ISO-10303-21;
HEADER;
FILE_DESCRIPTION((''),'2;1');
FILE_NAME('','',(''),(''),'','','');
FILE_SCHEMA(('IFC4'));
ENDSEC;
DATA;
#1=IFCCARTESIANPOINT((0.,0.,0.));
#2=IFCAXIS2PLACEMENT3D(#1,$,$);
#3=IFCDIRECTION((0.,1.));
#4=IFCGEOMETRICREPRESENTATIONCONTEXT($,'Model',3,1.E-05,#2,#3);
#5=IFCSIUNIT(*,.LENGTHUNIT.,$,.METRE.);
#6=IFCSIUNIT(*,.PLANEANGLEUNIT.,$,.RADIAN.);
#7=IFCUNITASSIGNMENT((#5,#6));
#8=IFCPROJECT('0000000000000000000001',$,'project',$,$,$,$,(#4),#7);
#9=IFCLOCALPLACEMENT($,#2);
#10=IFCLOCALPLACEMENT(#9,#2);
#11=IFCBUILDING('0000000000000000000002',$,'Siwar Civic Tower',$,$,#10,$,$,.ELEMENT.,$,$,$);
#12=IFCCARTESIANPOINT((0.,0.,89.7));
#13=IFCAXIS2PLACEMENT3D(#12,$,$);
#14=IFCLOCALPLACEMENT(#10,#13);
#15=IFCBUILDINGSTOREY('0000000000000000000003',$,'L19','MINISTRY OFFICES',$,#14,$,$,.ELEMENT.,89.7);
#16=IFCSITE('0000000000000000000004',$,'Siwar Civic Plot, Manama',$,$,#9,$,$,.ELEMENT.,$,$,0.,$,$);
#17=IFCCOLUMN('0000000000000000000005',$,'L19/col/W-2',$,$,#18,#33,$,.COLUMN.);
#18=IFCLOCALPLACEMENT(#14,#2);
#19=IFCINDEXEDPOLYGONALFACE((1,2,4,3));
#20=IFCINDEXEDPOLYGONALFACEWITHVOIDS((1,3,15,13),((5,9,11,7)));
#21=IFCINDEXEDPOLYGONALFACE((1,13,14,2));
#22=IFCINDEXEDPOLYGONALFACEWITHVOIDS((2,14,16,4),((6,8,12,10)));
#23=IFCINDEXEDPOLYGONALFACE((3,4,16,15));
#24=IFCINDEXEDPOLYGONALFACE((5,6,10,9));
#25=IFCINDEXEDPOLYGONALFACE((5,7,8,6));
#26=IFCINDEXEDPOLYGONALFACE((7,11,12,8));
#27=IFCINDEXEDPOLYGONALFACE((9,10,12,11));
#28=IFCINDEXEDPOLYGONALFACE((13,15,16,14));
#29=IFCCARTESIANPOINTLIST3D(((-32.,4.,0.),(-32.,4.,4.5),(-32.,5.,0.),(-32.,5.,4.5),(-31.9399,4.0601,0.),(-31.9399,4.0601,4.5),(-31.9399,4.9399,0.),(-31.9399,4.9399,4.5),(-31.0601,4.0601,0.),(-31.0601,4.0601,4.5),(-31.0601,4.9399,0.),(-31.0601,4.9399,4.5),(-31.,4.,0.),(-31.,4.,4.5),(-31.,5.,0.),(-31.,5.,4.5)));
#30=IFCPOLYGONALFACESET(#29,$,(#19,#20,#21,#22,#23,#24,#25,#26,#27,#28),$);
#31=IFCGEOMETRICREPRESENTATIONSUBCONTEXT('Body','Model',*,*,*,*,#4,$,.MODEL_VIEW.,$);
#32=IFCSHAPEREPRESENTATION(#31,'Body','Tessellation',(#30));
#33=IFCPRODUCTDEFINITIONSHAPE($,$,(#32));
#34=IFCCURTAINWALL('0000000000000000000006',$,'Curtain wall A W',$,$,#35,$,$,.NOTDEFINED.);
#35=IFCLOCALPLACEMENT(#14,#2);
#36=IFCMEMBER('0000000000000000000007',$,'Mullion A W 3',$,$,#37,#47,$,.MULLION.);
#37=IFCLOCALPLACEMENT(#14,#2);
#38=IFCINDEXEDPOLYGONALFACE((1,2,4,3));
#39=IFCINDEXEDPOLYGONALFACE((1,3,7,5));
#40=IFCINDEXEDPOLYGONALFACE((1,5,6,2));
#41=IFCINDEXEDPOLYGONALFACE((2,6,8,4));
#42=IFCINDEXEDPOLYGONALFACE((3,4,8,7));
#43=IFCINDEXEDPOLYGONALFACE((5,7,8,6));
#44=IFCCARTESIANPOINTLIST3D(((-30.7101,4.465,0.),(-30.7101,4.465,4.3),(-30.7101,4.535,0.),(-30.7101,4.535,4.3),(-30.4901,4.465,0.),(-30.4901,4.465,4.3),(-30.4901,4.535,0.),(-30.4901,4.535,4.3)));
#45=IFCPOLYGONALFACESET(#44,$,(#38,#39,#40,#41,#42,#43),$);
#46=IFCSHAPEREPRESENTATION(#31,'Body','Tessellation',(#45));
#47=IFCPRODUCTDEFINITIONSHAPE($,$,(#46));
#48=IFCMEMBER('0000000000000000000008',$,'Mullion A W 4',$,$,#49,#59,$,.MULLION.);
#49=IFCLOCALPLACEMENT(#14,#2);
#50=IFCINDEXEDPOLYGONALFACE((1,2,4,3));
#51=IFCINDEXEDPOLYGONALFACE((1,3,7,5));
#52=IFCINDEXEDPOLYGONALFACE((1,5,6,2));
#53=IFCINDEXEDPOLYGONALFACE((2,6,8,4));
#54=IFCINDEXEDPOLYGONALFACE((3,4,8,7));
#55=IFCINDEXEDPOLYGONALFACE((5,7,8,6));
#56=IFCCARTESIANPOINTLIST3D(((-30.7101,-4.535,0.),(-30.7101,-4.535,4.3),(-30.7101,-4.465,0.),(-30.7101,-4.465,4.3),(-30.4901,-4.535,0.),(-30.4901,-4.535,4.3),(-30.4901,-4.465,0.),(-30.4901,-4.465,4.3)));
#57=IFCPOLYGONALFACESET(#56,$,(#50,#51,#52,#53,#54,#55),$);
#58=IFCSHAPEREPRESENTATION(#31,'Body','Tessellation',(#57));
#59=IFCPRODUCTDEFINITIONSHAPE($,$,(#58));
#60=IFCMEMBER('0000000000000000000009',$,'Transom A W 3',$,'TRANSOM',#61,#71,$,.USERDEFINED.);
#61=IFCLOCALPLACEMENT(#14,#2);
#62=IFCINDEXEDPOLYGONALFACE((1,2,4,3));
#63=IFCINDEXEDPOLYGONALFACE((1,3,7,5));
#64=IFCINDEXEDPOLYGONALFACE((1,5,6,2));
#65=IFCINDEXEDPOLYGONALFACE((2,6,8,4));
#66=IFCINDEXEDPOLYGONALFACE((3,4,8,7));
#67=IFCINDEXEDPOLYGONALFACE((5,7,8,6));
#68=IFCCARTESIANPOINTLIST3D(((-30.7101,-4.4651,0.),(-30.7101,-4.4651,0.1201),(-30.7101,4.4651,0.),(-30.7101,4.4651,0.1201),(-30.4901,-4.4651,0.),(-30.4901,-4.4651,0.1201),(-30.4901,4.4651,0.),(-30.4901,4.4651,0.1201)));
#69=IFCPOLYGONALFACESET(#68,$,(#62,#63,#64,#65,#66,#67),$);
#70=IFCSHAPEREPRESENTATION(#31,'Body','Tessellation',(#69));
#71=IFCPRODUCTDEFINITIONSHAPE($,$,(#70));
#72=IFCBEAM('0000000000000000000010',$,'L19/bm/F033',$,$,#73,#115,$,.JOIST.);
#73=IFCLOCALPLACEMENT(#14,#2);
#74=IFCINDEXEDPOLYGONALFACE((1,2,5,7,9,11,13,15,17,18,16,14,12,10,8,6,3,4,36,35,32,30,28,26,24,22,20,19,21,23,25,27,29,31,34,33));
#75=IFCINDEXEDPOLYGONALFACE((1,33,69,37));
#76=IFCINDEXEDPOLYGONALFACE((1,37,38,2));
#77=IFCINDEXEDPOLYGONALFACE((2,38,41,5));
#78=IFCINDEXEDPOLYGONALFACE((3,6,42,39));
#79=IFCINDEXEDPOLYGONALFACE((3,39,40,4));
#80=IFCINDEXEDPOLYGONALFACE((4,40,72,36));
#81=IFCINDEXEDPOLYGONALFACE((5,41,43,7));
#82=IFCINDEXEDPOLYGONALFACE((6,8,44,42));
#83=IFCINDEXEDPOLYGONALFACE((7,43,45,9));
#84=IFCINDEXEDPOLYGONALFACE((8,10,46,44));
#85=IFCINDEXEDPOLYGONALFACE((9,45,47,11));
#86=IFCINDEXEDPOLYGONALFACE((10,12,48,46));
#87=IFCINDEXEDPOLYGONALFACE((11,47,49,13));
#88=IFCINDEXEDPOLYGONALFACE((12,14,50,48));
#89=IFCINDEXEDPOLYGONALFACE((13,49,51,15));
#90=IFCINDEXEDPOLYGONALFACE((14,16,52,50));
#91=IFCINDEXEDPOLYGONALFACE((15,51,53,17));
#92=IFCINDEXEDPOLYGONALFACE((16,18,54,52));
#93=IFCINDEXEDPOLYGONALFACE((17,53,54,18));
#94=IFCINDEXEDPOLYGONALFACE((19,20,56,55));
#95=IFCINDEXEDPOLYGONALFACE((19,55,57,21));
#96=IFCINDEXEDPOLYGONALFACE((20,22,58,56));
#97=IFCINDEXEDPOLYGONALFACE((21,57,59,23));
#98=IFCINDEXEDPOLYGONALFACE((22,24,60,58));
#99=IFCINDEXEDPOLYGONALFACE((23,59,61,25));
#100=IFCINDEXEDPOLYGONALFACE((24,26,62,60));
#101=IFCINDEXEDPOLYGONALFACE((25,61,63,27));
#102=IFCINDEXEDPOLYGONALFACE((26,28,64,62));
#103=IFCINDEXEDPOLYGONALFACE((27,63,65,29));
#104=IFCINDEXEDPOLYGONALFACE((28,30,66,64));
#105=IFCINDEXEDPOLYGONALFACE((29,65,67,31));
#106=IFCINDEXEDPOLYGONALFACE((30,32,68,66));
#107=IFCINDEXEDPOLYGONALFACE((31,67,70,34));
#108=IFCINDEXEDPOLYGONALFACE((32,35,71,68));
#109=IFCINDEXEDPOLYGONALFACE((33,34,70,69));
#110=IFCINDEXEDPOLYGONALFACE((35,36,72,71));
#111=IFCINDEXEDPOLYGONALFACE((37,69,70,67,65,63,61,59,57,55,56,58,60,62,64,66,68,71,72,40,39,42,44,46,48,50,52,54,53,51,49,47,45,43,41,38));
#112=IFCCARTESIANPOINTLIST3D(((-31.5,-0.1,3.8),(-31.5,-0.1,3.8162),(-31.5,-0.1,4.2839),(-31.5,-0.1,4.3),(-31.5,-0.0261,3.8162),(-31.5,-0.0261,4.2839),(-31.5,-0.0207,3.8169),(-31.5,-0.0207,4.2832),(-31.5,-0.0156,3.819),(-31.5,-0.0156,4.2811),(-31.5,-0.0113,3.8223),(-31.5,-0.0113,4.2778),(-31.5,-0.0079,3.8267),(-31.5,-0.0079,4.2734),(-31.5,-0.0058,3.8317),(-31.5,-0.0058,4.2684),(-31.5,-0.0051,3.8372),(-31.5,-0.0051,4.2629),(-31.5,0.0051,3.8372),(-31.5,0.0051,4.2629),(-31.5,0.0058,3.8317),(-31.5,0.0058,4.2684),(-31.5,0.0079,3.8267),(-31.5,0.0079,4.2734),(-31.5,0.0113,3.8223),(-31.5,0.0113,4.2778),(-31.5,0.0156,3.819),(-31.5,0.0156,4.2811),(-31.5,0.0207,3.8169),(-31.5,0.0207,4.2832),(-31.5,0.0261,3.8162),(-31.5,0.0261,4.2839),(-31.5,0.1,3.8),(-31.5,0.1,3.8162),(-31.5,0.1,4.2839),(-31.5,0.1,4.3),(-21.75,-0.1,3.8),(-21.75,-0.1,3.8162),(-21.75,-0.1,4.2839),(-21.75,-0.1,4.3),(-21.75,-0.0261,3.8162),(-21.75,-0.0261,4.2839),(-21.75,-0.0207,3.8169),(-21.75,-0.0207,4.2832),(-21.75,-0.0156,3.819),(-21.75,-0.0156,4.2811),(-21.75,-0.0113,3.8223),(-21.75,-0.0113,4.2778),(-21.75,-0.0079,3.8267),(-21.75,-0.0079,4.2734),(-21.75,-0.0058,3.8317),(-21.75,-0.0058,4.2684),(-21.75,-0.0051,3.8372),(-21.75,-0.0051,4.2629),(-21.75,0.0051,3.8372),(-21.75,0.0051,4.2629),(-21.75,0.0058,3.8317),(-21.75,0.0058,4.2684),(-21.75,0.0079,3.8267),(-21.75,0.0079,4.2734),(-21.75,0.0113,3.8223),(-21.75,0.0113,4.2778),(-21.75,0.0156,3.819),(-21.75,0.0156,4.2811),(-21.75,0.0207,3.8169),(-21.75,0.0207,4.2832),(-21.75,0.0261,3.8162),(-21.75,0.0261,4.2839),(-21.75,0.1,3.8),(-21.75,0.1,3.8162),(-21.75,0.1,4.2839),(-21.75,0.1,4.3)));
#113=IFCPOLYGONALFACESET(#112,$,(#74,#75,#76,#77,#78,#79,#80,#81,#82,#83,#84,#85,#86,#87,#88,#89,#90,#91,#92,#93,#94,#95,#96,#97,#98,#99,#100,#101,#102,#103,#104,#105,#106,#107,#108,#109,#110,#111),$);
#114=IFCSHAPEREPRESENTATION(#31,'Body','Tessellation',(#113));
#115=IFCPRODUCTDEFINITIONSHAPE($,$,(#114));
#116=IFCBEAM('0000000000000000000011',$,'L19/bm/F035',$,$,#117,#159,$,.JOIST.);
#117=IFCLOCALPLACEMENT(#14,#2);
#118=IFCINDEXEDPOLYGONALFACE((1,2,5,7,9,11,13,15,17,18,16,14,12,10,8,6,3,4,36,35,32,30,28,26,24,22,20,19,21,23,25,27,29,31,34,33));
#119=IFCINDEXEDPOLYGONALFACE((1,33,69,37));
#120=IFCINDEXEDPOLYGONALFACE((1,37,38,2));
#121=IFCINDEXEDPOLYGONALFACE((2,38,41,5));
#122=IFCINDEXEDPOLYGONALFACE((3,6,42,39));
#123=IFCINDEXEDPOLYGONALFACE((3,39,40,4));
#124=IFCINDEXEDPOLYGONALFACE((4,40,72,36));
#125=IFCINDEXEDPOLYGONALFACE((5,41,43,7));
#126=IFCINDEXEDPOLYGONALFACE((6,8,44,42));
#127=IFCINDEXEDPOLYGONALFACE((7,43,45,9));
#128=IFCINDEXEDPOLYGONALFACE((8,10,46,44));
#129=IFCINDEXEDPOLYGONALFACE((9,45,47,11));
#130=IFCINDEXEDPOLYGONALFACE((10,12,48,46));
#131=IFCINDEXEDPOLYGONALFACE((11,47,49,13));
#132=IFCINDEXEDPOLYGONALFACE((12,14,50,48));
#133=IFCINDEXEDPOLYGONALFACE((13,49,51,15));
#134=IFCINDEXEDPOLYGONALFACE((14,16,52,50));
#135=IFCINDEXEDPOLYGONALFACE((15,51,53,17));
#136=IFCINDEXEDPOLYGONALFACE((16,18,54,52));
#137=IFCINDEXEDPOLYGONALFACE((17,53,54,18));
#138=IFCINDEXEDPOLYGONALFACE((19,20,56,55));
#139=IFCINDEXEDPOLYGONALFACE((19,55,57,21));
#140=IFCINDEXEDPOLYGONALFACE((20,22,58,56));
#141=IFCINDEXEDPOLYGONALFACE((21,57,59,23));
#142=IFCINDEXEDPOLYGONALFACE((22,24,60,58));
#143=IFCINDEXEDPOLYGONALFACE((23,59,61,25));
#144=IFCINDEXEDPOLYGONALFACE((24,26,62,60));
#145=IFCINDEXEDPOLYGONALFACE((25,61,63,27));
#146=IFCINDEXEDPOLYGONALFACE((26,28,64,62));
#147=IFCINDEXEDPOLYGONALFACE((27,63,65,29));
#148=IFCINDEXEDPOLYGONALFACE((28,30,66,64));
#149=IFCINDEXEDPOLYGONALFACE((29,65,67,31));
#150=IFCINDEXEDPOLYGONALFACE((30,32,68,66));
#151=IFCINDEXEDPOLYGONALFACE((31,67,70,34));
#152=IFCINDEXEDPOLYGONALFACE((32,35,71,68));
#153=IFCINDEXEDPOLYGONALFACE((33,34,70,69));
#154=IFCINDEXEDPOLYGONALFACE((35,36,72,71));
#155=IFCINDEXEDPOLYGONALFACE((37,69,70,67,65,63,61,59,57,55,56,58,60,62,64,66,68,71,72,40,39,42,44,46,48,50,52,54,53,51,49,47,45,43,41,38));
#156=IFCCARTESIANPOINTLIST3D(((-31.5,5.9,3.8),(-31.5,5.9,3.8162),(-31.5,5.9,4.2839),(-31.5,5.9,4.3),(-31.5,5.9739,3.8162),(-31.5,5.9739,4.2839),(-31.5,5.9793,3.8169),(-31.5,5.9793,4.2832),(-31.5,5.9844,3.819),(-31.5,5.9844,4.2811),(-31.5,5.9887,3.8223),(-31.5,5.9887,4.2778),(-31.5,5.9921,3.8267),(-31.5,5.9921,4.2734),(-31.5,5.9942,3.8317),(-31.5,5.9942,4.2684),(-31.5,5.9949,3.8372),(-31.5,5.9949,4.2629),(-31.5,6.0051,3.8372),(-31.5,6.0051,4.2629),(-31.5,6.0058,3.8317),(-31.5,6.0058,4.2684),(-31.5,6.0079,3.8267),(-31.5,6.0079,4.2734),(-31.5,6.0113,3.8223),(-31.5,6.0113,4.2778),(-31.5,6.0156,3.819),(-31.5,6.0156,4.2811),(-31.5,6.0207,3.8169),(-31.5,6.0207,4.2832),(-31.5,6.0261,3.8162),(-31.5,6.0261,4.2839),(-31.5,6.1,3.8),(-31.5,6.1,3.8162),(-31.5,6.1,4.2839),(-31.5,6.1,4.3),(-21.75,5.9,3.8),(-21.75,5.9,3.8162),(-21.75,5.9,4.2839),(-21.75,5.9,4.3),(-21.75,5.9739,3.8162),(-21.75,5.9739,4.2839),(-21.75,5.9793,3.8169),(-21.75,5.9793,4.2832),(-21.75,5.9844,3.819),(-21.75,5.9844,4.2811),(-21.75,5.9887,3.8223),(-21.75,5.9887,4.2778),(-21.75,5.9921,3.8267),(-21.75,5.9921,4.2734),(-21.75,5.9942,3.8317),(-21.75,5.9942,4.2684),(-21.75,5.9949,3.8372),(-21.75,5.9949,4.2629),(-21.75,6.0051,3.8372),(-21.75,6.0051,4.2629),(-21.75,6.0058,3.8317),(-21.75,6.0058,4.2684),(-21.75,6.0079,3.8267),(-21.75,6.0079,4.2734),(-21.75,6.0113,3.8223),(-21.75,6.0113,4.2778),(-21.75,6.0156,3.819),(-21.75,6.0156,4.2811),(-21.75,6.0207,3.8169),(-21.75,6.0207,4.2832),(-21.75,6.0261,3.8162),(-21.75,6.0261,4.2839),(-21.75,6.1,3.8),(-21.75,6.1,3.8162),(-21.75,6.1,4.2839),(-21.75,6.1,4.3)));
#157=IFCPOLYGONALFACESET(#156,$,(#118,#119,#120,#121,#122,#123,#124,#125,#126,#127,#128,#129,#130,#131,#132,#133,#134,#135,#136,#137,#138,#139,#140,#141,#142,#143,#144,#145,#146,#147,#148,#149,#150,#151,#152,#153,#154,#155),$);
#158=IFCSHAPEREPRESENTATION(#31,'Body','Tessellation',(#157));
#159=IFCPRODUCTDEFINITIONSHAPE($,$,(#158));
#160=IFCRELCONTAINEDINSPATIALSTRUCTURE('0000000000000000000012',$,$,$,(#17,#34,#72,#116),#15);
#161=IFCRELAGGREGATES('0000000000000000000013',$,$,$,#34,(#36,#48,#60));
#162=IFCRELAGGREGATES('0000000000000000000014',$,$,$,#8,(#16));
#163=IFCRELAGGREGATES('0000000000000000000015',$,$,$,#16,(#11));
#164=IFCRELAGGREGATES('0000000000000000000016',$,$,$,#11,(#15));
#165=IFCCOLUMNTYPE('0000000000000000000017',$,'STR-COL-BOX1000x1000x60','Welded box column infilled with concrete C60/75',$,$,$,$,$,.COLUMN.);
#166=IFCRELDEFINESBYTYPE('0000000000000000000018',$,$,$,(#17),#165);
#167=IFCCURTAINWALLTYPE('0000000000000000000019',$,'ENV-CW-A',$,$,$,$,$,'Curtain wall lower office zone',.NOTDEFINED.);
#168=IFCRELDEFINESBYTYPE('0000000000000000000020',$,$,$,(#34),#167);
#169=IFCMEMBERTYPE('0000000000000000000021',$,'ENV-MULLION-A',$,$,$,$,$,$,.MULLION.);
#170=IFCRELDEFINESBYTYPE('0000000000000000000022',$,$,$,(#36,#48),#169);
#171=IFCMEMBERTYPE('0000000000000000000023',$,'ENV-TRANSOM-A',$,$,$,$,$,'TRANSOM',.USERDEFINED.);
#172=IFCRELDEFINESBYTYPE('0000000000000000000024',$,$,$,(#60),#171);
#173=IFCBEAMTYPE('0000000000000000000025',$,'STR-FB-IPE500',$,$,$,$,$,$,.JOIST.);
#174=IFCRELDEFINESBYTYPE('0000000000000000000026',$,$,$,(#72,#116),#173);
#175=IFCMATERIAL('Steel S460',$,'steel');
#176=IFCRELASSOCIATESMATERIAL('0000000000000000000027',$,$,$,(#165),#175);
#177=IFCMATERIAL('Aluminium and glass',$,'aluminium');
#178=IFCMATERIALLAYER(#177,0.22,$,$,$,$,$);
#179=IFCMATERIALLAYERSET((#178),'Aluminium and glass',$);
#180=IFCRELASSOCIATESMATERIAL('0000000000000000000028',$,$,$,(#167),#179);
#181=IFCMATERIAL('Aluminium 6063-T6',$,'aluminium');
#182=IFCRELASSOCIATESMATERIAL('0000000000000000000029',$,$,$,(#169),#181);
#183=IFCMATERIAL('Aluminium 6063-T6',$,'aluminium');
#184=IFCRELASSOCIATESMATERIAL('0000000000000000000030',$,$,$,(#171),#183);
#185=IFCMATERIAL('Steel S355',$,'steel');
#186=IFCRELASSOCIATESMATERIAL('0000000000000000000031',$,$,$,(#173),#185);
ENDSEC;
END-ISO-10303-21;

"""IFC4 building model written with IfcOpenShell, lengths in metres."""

from ifc_helpers import new_model, si_unit, direction, frame, origin, origin_2d, place, context, subcontext, project, spatial, rectangle, hollow_rectangle, i_section, extrude, material, layer, layer_set, material_profile, profile_set, type_object, element, aggregate, save


model = new_model("IFC4")

# Units and contexts
model_context = context("Model", 3, precision=1e-05, world=origin(), true_north=direction((0.0, 1.0)))
body_context = subcontext(model_context, "Body", "Model", "MODEL_VIEW")
ifc_project = project(units=[si_unit("LENGTHUNIT", "METRE"), si_unit("PLANEANGLEUNIT", "RADIAN")], contexts=[model_context])

# Site, building, storey
site_placement = place(None, origin())
site = spatial("IfcSite", under=ifc_project, at=site_placement, Name="Siwar Civic Plot, Manama", CompositionType="ELEMENT", RefElevation=0.0)
building_placement = place(site_placement, origin())
building = spatial("IfcBuilding", under=site, at=building_placement, Name="Siwar Civic Tower", CompositionType="ELEMENT")
storey_placement = place(building_placement, frame((0.0, 0.0, 89.7)))
storey = spatial("IfcBuildingStorey", under=building, at=storey_placement, Name="L19", Description="MINISTRY OFFICES", CompositionType="ELEMENT", Elevation=89.7)

# Column
ifc_material_1 = material(Name="Steel S460", Category="steel")
ifc_material_profile_1 = material_profile(ifc_material_1, hollow_rectangle(XDim=1.0, YDim=1.0, WallThickness=0.0601, at=origin_2d()), Name="BOX1000x1000x60")
ifc_profile_set_1 = profile_set([ifc_material_profile_1], Name="Steel S460")
column_type = type_object("IfcColumnType", Name="STR-COL-BOX1000x1000x60", Description="Welded box column infilled with concrete C60/75", PredefinedType="COLUMN", material=ifc_profile_set_1)
column_placement = place(storey_placement, frame((-31.5, 4.5, 0.0), z_axis=(0.0, 0.0, 1.0), x_axis=(1.0, 0.0, 0.0)))
element("IfcColumn", 1, at=column_placement, inside=storey, type_object=column_type, Name="L19/col/W-2", PredefinedType="COLUMN", context=body_context, shape_type="SweptSolid", body=[
    extrude(hollow_rectangle(XDim=1.0, YDim=1.0, WallThickness=0.0601, at=origin_2d()), origin(), (0.0, 0.0, 1.0), 4.5),
])

# Curtain wall, members
ifc_material_2 = material(Name="Aluminium and glass", Category="aluminium")
ifc_layer_1 = layer(ifc_material_2, 0.22)
ifc_layer_set_1 = layer_set([ifc_layer_1], Name="Aluminium and glass")
curtain_wall_type = type_object("IfcCurtainWallType", Name="ENV-CW-A", ElementType="Curtain wall lower office zone", PredefinedType="NOTDEFINED", material=ifc_layer_set_1)
curtain_wall_placement = place(storey_placement, origin())
curtain_wall = element("IfcCurtainWall", 2, at=curtain_wall_placement, inside=storey, type_object=curtain_wall_type, Name="Curtain wall A W", PredefinedType="NOTDEFINED")
ifc_material_3 = material(Name="Aluminium 6063-T6", Category="aluminium")
ifc_material_profile_2 = material_profile(ifc_material_3, rectangle(XDim=0.22, YDim=0.0701, at=origin_2d()), Name="AL 220x70")
ifc_profile_set_2 = profile_set([ifc_material_profile_2], Name="Aluminium 6063-T6")
member_type_1 = type_object("IfcMemberType", Name="ENV-MULLION-A", PredefinedType="MULLION", material=ifc_profile_set_2)
member_1_placement = place(storey_placement, frame((-30.6001, 4.5, 0.0), z_axis=(0.0, 0.0, 1.0), x_axis=(1.0, 0.0, 0.0)))
member_1 = element("IfcMember", 3, at=member_1_placement, type_object=member_type_1, Name="Mullion A W 3", PredefinedType="MULLION", context=body_context, shape_type="SweptSolid", body=[
    extrude(rectangle(XDim=0.22, YDim=0.0701, at=origin_2d()), origin(), (0.0, 0.0, 1.0), 4.3),
])
member_2_placement = place(storey_placement, frame((-30.6001, -4.5, 0.0), z_axis=(0.0, 0.0, 1.0), x_axis=(1.0, 0.0, 0.0)))
member_2 = element("IfcMember", 4, at=member_2_placement, type_object=member_type_1, Name="Mullion A W 4", PredefinedType="MULLION", context=body_context, shape_type="SweptSolid", body=[
    extrude(rectangle(XDim=0.22, YDim=0.0701, at=origin_2d()), origin(), (0.0, 0.0, 1.0), 4.3),
])
ifc_material_4 = material(Name="Aluminium 6063-T6", Category="aluminium")
ifc_material_profile_3 = material_profile(ifc_material_4, rectangle(XDim=0.22, YDim=0.1201, at=origin_2d()), Name="AL 220x120")
ifc_profile_set_3 = profile_set([ifc_material_profile_3], Name="Aluminium 6063-T6")
member_type_2 = type_object("IfcMemberType", Name="ENV-TRANSOM-A", ElementType="TRANSOM", PredefinedType="USERDEFINED", material=ifc_profile_set_3)
member_3_placement = place(storey_placement, frame((-30.6001, 4.4651, 0.0601), z_axis=(0.0, -1.0, 0.0), x_axis=(1.0, 0.0, 0.0)))
member_3 = element("IfcMember", 5, at=member_3_placement, type_object=member_type_2, Name="Transom A W 3", ObjectType="TRANSOM", PredefinedType="USERDEFINED", context=body_context, shape_type="SweptSolid", body=[
    extrude(rectangle(XDim=0.22, YDim=0.1201, at=origin_2d()), origin(), (0.0, 0.0, 1.0), 8.9302),
])

# Beams
ifc_material_5 = material(Name="Steel S355", Category="steel")
ifc_material_profile_4 = material_profile(ifc_material_5, i_section(OverallWidth=0.2, OverallDepth=0.5, WebThickness=0.0103, FlangeThickness=0.0161, FilletRadius=0.021, at=origin_2d()), Name="IPE500")
ifc_profile_set_4 = profile_set([ifc_material_profile_4], Name="Steel S355")
beam_type_1 = type_object("IfcBeamType", Name="STR-FB-IPE500", PredefinedType="JOIST", material=ifc_profile_set_4)
for number, where, z_axis, x_axis, name in (
    (6, (-31.5, 0.0, 4.05), (1.0, 0.0, 0.0), (0.0, 1.0, 0.0), "L19/bm/F033"),
    (7, (-31.5, 6.0, 4.05), (1.0, 0.0, 0.0), (0.0, 1.0, 0.0), "L19/bm/F035"),
):
    element("IfcBeam", number, at=place(storey_placement, frame(where, z_axis=z_axis, x_axis=x_axis)), inside=storey, type_object=beam_type_1, Name=name, PredefinedType="JOIST", context=body_context, shape_type="SweptSolid", body=[
        extrude(i_section(OverallWidth=0.2, OverallDepth=0.5, WebThickness=0.0103, FlangeThickness=0.0161, FilletRadius=0.021, at=origin_2d()), origin(), (0.0, 0.0, 1.0), 9.75),
    ])

aggregate(curtain_wall, [member_1, member_2, member_3])

save(model, "model.ifc")
